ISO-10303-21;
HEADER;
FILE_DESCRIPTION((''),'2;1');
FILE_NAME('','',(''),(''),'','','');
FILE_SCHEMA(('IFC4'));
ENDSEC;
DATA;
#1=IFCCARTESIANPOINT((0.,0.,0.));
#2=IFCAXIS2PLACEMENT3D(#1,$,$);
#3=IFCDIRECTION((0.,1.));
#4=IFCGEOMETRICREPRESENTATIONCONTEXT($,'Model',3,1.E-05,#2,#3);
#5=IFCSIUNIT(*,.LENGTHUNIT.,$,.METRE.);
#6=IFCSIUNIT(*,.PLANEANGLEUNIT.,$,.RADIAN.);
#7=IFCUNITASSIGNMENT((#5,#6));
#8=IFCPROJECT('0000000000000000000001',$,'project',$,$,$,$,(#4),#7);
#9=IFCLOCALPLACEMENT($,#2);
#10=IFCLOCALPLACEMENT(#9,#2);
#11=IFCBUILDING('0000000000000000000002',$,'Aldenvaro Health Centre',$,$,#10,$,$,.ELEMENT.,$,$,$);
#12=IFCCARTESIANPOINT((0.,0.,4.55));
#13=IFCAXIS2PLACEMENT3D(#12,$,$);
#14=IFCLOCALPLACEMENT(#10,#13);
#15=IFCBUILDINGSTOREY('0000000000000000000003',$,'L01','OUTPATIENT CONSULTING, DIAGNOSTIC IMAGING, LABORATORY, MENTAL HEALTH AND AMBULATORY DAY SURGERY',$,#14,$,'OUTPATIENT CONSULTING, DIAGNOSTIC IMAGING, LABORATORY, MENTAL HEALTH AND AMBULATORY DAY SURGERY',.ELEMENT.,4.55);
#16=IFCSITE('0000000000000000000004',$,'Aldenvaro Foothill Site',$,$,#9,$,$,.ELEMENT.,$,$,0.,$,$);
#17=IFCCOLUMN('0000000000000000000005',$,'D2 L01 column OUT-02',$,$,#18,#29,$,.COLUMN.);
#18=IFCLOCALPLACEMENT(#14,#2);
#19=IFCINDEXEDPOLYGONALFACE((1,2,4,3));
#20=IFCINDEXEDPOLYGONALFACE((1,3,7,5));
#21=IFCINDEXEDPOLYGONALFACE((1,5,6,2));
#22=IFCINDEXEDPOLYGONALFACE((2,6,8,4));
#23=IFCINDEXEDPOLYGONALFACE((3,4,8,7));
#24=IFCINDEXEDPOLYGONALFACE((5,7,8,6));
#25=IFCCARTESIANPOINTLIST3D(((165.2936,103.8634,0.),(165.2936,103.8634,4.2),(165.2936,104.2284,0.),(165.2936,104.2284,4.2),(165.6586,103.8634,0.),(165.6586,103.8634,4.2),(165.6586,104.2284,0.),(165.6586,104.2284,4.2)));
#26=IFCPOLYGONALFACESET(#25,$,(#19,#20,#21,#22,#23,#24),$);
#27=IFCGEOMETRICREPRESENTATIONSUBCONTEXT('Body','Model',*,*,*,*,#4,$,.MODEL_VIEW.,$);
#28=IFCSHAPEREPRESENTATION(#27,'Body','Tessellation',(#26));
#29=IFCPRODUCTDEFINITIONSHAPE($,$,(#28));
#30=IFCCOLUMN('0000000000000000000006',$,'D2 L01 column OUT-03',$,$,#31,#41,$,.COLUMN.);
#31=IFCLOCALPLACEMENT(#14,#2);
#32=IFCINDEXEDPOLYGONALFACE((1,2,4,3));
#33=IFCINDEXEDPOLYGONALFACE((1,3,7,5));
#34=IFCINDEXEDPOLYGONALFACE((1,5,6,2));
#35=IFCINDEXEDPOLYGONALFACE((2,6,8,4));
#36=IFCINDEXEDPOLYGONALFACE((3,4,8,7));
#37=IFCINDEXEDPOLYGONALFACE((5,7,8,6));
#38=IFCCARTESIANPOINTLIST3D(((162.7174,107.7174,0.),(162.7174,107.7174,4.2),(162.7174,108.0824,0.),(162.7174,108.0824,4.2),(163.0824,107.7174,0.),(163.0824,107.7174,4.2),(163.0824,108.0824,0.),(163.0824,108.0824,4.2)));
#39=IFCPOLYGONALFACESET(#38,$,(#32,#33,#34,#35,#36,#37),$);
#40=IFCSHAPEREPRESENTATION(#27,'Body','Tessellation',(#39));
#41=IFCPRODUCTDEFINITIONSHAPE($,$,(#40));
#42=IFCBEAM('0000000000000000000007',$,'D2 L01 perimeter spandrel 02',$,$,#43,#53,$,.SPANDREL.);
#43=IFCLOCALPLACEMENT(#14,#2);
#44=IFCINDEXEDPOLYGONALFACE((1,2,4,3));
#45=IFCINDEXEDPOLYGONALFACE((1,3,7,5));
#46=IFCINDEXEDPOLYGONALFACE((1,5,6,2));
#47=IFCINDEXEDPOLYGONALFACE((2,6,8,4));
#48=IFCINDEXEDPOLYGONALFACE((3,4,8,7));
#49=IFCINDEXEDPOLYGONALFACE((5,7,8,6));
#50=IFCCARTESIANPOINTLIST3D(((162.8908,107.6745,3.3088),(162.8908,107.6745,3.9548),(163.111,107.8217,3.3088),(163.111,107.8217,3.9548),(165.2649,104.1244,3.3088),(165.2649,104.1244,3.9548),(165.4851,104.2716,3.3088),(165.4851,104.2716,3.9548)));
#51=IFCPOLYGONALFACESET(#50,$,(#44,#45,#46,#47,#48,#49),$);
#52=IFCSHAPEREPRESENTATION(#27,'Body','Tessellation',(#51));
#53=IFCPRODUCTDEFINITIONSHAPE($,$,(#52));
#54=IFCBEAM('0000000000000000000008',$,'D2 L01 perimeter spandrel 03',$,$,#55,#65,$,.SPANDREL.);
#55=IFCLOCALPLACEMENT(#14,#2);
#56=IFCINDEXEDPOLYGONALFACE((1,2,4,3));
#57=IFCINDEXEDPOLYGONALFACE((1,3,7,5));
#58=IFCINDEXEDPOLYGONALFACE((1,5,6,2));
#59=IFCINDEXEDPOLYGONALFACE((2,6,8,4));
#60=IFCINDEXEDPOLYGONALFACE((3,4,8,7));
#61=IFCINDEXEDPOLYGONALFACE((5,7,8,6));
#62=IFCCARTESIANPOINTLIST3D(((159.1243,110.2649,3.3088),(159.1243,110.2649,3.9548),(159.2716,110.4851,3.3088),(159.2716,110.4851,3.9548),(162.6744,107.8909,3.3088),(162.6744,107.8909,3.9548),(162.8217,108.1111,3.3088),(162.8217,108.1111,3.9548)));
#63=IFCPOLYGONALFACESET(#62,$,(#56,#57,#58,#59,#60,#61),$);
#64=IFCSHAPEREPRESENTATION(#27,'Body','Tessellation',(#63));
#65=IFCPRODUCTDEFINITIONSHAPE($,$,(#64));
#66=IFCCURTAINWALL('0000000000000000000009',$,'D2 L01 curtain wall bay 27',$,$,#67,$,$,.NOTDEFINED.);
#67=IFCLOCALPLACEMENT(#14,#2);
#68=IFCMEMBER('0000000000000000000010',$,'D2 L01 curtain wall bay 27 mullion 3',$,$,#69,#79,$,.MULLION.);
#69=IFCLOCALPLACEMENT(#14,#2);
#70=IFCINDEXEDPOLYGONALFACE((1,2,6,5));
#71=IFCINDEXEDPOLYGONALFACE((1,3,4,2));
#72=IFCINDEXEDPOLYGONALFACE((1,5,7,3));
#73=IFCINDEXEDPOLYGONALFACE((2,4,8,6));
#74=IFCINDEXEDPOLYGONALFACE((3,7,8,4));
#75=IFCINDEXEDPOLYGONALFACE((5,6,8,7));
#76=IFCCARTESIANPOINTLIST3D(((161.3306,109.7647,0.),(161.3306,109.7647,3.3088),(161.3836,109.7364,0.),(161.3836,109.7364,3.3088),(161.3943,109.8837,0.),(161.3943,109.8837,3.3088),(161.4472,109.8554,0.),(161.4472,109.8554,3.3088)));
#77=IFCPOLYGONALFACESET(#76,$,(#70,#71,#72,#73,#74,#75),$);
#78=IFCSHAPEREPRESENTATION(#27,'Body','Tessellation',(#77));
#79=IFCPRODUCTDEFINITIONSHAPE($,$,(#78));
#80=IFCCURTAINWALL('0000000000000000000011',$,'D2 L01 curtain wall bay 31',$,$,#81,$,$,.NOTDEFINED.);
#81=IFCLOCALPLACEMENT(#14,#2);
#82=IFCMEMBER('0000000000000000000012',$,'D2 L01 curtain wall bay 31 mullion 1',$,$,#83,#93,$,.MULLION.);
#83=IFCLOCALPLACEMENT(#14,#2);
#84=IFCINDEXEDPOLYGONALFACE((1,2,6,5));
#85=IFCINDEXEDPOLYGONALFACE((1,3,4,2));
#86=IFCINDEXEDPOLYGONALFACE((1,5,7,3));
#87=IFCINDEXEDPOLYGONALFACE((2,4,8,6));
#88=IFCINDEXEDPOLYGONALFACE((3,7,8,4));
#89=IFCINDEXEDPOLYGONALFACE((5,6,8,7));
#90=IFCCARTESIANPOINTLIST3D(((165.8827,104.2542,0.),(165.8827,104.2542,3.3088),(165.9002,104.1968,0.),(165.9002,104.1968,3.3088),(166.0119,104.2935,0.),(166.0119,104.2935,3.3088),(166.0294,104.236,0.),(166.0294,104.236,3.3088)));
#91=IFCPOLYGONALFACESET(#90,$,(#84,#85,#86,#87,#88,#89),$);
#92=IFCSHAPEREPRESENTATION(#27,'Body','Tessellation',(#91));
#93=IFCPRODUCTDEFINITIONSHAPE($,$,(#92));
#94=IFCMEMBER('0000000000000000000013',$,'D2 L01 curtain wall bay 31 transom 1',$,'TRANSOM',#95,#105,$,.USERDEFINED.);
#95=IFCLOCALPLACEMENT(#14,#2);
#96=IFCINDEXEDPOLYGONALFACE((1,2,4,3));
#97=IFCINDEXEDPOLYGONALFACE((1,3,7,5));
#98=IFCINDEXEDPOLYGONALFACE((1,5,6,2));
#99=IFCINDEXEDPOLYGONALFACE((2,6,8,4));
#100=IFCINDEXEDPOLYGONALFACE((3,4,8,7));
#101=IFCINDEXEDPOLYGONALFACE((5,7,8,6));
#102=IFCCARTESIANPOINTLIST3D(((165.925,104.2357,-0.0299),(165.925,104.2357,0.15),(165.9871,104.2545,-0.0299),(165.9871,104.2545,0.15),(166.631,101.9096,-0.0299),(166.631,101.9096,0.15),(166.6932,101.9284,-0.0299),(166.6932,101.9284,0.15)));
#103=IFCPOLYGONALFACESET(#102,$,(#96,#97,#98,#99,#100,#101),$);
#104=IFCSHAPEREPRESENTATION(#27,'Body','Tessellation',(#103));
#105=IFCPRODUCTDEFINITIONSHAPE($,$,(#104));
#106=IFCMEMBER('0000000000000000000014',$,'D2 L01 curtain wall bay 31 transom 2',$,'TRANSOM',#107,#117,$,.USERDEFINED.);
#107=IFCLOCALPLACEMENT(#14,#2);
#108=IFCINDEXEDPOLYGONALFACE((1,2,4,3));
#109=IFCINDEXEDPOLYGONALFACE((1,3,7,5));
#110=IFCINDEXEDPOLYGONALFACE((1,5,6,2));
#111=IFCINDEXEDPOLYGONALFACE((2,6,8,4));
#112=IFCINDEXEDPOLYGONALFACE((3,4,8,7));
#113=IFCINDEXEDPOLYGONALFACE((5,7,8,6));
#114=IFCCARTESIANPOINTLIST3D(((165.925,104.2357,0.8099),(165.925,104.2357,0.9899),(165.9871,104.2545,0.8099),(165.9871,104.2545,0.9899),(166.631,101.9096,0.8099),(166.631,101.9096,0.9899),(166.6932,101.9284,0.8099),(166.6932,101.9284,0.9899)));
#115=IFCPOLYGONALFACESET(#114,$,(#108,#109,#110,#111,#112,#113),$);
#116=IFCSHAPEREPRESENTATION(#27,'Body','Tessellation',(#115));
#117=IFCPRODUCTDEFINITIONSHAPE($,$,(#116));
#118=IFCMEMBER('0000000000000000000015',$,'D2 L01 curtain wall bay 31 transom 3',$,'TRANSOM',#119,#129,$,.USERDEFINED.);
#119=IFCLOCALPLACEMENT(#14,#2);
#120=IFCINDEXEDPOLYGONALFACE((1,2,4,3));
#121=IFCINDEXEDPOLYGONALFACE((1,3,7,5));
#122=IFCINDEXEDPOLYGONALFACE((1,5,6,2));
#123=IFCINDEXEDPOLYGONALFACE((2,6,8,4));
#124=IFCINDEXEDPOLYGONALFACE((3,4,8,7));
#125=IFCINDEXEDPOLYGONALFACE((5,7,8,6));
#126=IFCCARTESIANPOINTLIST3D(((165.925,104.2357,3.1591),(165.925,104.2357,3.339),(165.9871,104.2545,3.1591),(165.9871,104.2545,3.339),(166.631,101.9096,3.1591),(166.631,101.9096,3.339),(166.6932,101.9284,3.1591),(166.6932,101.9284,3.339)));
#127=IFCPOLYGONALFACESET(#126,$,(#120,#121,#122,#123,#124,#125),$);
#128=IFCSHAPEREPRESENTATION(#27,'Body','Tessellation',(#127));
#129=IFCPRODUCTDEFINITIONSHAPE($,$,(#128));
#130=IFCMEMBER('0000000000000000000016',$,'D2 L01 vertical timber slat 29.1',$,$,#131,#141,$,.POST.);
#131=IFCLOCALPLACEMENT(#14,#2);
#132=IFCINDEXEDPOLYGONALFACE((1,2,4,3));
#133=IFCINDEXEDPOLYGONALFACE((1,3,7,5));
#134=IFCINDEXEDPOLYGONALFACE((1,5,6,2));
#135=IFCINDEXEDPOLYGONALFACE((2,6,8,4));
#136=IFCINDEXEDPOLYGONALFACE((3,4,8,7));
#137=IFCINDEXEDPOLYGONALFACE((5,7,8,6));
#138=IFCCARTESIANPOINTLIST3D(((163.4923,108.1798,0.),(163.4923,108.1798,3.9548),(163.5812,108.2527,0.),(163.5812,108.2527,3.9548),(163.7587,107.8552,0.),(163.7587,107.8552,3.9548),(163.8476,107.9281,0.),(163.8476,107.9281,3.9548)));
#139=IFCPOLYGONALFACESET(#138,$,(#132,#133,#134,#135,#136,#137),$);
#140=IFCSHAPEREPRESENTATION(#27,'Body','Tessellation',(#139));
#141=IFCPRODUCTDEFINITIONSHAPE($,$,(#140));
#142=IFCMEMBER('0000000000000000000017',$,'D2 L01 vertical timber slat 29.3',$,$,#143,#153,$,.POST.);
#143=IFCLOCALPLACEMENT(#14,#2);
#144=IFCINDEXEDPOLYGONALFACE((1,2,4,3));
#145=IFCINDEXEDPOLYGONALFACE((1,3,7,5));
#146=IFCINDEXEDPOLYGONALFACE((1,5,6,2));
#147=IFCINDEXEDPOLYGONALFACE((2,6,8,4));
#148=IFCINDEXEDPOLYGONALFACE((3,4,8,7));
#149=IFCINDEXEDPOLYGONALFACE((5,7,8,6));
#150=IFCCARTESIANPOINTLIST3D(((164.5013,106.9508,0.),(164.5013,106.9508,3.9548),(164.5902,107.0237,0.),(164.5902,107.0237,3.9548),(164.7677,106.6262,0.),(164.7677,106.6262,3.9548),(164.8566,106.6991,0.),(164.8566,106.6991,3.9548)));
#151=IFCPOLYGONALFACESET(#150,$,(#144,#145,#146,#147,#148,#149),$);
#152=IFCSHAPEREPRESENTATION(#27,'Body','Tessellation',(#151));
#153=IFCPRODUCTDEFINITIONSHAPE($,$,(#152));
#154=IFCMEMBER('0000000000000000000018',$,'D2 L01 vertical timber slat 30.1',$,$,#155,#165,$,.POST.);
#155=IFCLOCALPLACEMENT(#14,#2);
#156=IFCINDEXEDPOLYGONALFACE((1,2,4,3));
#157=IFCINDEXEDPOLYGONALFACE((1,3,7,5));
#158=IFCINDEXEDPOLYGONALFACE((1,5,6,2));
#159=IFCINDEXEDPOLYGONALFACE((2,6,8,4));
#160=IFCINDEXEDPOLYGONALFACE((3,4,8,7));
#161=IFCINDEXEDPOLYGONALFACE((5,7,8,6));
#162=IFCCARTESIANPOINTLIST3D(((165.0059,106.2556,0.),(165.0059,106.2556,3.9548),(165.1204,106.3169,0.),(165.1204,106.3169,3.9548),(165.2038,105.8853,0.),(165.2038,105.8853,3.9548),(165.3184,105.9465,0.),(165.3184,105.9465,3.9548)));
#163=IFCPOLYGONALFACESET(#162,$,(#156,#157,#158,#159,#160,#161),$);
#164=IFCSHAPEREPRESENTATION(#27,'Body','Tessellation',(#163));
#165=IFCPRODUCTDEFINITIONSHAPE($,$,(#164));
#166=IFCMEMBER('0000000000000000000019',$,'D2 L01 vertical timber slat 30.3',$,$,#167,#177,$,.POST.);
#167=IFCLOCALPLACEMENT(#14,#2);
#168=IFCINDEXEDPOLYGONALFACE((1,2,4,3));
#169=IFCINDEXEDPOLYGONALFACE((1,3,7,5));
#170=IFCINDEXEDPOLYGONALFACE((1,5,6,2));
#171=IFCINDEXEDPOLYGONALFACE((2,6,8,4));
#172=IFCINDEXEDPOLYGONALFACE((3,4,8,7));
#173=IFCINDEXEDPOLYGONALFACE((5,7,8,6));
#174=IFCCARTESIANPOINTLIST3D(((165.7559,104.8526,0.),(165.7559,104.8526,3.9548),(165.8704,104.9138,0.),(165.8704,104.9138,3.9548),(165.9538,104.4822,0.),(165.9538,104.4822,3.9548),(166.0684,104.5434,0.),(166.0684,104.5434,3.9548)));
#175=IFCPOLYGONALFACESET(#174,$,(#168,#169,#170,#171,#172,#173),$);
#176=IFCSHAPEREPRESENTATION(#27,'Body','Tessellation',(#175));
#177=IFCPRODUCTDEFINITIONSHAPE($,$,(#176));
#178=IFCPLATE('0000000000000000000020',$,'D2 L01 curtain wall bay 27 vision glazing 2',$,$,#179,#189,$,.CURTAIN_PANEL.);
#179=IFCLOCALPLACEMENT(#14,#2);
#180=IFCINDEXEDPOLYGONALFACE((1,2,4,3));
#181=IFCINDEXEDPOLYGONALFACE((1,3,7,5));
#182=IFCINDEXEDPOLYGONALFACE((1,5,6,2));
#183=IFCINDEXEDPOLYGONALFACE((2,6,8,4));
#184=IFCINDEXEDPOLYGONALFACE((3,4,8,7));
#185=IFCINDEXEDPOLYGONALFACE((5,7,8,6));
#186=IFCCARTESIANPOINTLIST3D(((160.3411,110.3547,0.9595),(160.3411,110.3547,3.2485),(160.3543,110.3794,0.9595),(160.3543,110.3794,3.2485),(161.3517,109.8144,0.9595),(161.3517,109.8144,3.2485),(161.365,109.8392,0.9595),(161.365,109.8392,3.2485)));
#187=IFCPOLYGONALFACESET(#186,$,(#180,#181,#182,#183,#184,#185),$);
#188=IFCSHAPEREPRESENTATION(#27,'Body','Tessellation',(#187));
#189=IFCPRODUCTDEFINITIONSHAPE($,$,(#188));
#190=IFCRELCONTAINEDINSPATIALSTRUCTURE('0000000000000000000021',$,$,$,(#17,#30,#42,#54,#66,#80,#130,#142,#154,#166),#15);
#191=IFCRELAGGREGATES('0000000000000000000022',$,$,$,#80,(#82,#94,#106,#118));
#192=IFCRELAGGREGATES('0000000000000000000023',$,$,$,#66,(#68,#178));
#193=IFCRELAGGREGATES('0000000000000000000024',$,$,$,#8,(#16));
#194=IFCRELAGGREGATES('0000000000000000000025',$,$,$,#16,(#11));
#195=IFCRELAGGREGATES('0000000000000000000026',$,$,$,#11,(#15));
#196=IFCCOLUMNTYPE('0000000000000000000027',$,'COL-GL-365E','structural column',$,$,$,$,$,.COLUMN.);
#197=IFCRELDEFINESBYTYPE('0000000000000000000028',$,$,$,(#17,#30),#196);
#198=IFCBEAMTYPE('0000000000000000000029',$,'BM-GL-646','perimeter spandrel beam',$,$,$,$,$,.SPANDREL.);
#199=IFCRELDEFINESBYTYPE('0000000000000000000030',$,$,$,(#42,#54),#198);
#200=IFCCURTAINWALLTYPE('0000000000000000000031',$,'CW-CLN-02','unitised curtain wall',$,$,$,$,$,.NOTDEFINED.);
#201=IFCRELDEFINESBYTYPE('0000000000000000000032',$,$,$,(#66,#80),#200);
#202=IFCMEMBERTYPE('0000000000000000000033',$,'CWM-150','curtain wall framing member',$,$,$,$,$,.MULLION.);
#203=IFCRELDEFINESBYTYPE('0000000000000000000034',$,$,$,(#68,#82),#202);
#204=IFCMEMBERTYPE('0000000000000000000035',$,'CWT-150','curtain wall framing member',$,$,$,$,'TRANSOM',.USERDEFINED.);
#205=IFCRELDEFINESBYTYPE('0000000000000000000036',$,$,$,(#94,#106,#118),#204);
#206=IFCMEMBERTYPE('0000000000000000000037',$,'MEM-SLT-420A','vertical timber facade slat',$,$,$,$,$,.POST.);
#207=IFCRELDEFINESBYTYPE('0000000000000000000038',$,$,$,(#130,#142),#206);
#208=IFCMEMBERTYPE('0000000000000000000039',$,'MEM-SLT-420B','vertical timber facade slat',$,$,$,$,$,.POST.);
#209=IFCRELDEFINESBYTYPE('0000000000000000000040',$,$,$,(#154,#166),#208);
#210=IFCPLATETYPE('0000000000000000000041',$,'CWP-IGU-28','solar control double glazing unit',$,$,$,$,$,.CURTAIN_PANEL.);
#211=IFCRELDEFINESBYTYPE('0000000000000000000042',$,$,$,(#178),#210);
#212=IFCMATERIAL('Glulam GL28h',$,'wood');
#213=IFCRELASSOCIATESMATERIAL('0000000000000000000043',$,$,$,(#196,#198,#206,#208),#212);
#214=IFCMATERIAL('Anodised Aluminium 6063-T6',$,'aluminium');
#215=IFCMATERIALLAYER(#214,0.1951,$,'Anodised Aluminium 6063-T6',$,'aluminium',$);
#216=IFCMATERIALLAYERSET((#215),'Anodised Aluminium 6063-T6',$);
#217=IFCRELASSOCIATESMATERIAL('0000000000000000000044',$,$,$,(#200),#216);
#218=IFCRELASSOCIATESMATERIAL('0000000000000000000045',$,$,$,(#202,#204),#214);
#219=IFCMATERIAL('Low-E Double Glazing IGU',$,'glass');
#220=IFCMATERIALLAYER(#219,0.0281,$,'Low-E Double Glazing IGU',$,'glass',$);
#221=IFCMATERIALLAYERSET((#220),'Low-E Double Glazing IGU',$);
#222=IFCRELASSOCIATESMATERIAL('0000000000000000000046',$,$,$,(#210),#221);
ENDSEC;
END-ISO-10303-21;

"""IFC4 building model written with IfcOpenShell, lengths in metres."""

from ifc_helpers import new_model, si_unit, direction, frame, origin, origin_2d, place, context, subcontext, project, spatial, rectangle, extrude, material, layer, layer_set, material_profile, profile_set, type_object, element, aggregate, save


model = new_model("IFC4")

# Units and contexts
model_context = context("Model", 3, precision=1e-05, world=origin(), true_north=direction((0.0, 1.0)))
body_context = subcontext(model_context, "Body", "Model", "MODEL_VIEW")
ifc_project = project(units=[si_unit("LENGTHUNIT", "METRE"), si_unit("PLANEANGLEUNIT", "RADIAN")], contexts=[model_context])

# Site, building, storey
site_placement = place(None, origin())
site = spatial("IfcSite", under=ifc_project, at=site_placement, Name="Aldenvaro Foothill Site", CompositionType="ELEMENT", RefElevation=0.0)
building_placement = place(site_placement, origin())
building = spatial("IfcBuilding", under=site, at=building_placement, Name="Aldenvaro Health Centre", CompositionType="ELEMENT")
storey_placement = place(building_placement, frame((0.0, 0.0, 4.55)))
storey = spatial("IfcBuildingStorey", under=building, at=storey_placement, Name="L01", Description="OUTPATIENT CONSULTING, DIAGNOSTIC IMAGING, LABORATORY, MENTAL HEALTH AND AMBULATORY DAY SURGERY", LongName="OUTPATIENT CONSULTING, DIAGNOSTIC IMAGING, LABORATORY, MENTAL HEALTH AND AMBULATORY DAY SURGERY", CompositionType="ELEMENT", Elevation=4.55)

# Columns
ifc_material_1 = material(Name="Glulam GL28h", Category="wood")
ifc_material_profile_1 = material_profile(ifc_material_1, rectangle(XDim=0.365, YDim=0.365, at=origin_2d()), Name="GL 365x365", Category="wood")
ifc_profile_set_1 = profile_set([ifc_material_profile_1], Name="Glulam GL28h")
column_type = type_object("IfcColumnType", Name="COL-GL-365E", Description="structural column", PredefinedType="COLUMN", material=ifc_profile_set_1)
for number, where, z_axis, x_axis, name in (
    (1, (165.4761, 104.0459, 0.0), (0.0, 0.0, 1.0), (1.0, 0.0, 0.0), "D2 L01 column OUT-02"),
    (2, (162.8999, 107.8999, 0.0), (0.0, 0.0, 1.0), (1.0, 0.0, 0.0), "D2 L01 column OUT-03"),
):
    element("IfcColumn", number, at=place(storey_placement, frame(where, z_axis=z_axis, x_axis=x_axis)), inside=storey, type_object=column_type, Name=name, PredefinedType="COLUMN", context=body_context, shape_type="SweptSolid", body=[
        extrude(rectangle(XDim=0.365, YDim=0.365, at=origin_2d()), origin(), (0.0, 0.0, 1.0), 4.2),
    ])

# Beams
ifc_material_profile_2 = material_profile(ifc_material_1, rectangle(XDim=0.2649, YDim=0.646, at=origin_2d()), Name="GL 265x646", Category="wood")
ifc_profile_set_2 = profile_set([ifc_material_profile_2], Name="Glulam GL28h")
beam_type = type_object("IfcBeamType", Name="BM-GL-646", Description="perimeter spandrel beam", PredefinedType="SPANDREL", material=ifc_profile_set_2)
for number, where, z_axis, x_axis, name in (
    (3, (165.375, 104.198, 3.6318), (-0.555887, 0.831258, 0.0), (-0.831258, -0.555887, 0.0), "D2 L01 perimeter spandrel 02"),
    (4, (162.748, 108.001, 3.6318), (-0.831258, 0.555887, 0.0), (-0.555887, -0.831258, 0.0), "D2 L01 perimeter spandrel 03"),
):
    element("IfcBeam", number, at=place(storey_placement, frame(where, z_axis=z_axis, x_axis=x_axis)), inside=storey, type_object=beam_type, Name=name, PredefinedType="SPANDREL", context=body_context, shape_type="SweptSolid", body=[
        extrude(rectangle(XDim=0.2649, YDim=0.646, at=origin_2d()), origin(), (0.0, 0.0, 1.0), 4.2708),
    ])

# Curtain wall, member
ifc_material_2 = material(Name="Anodised Aluminium 6063-T6", Category="aluminium")
ifc_layer_1 = layer(ifc_material_2, 0.1951, Name="Anodised Aluminium 6063-T6", Category="aluminium")
ifc_layer_set_1 = layer_set([ifc_layer_1], Name="Anodised Aluminium 6063-T6")
curtain_wall_type = type_object("IfcCurtainWallType", Name="CW-CLN-02", Description="unitised curtain wall", PredefinedType="NOTDEFINED", material=ifc_layer_set_1)
curtain_wall_1_placement = place(storey_placement, origin())
curtain_wall_1 = element("IfcCurtainWall", 5, at=curtain_wall_1_placement, inside=storey, type_object=curtain_wall_type, Name="D2 L01 curtain wall bay 27", PredefinedType="NOTDEFINED")
ifc_material_profile_3 = material_profile(ifc_material_2, rectangle(XDim=0.0601, YDim=0.135, at=origin_2d()), Name="ALU 60x135", Category="aluminium")
ifc_profile_set_3 = profile_set([ifc_material_profile_3], Name="Anodised Aluminium 6063-T6")
member_type_1 = type_object("IfcMemberType", Name="CWM-150", Description="curtain wall framing member", PredefinedType="MULLION", material=ifc_profile_set_3)
member_1_placement = place(storey_placement, frame((161.3889, 109.8101, 0.0), z_axis=(0.0, 0.0, 1.0), x_axis=(0.88192, -0.471399, 0.0)))
member_1 = element("IfcMember", 6, at=member_1_placement, type_object=member_type_1, Name="D2 L01 curtain wall bay 27 mullion 3", PredefinedType="MULLION", context=body_context, shape_type="SweptSolid", body=[
    extrude(rectangle(XDim=0.0601, YDim=0.135, at=origin_2d()), origin(), (0.0, 0.0, 1.0), 3.3088),
])

# Curtain wall, members
curtain_wall_2_placement = place(storey_placement, origin())
curtain_wall_2 = element("IfcCurtainWall", 7, at=curtain_wall_2_placement, inside=storey, type_object=curtain_wall_type, Name="D2 L01 curtain wall bay 31", PredefinedType="NOTDEFINED")
member_2_placement = place(storey_placement, frame((165.9561, 104.2451, 0.0), z_axis=(0.0, 0.0, 1.0), x_axis=(0.290441, -0.956893, 0.0)))
member_2 = element("IfcMember", 8, at=member_2_placement, type_object=member_type_1, Name="D2 L01 curtain wall bay 31 mullion 1", PredefinedType="MULLION", context=body_context, shape_type="SweptSolid", body=[
    extrude(rectangle(XDim=0.0601, YDim=0.135, at=origin_2d()), origin(), (0.0, 0.0, 1.0), 3.3088),
])
ifc_material_profile_4 = material_profile(ifc_material_2, rectangle(XDim=0.0649, YDim=0.1799, at=origin_2d()), Name="ALU 65x180", Category="aluminium")
ifc_profile_set_4 = profile_set([ifc_material_profile_4], Name="Anodised Aluminium 6063-T6")
member_type_2 = type_object("IfcMemberType", Name="CWT-150", Description="curtain wall framing member", ElementType="TRANSOM", PredefinedType="USERDEFINED", material=ifc_profile_set_4)
member_3_placement = place(storey_placement, frame((165.9561, 104.2451, 0.0601), z_axis=(0.290442, -0.956893, 0.0), x_axis=(0.956893, 0.290442, 0.0)))
member_3 = element("IfcMember", 9, at=member_3_placement, type_object=member_type_2, Name="D2 L01 curtain wall bay 31 transom 1", ObjectType="TRANSOM", PredefinedType="USERDEFINED", context=body_context, shape_type="SweptSolid", body=[
    extrude(rectangle(XDim=0.0649, YDim=0.1799, at=origin_2d()), origin(), (0.0, 0.0, 1.0), 2.4309),
])
member_4_placement = place(storey_placement, frame((165.9561, 104.2451, 0.8999), z_axis=(0.290442, -0.956893, 0.0), x_axis=(0.956893, 0.290442, 0.0)))
member_4 = element("IfcMember", 10, at=member_4_placement, type_object=member_type_2, Name="D2 L01 curtain wall bay 31 transom 2", ObjectType="TRANSOM", PredefinedType="USERDEFINED", context=body_context, shape_type="SweptSolid", body=[
    extrude(rectangle(XDim=0.0649, YDim=0.1799, at=origin_2d()), origin(), (0.0, 0.0, 1.0), 2.4309),
])
member_5_placement = place(storey_placement, frame((165.9561, 104.2451, 3.249), z_axis=(0.290442, -0.956893, 0.0), x_axis=(0.956893, 0.290442, 0.0)))
member_5 = element("IfcMember", 11, at=member_5_placement, type_object=member_type_2, Name="D2 L01 curtain wall bay 31 transom 3", ObjectType="TRANSOM", PredefinedType="USERDEFINED", context=body_context, shape_type="SweptSolid", body=[
    extrude(rectangle(XDim=0.0649, YDim=0.1799, at=origin_2d()), origin(), (0.0, 0.0, 1.0), 2.4309),
])
aggregate(curtain_wall_2, [member_2, member_3, member_4, member_5])

# Members
ifc_material_profile_5 = material_profile(ifc_material_1, rectangle(XDim=0.115, YDim=0.4199, at=origin_2d()), Name="GL 115x420", Category="wood")
ifc_profile_set_5 = profile_set([ifc_material_profile_5], Name="Glulam GL28h")
member_type_3 = type_object("IfcMemberType", Name="MEM-SLT-420A", Description="vertical timber facade slat", PredefinedType="POST", material=ifc_profile_set_5)
for number, where, z_axis, x_axis, name in (
    (12, (163.6699, 108.054, 0.0), (0.0, 0.0, 1.0), (0.773022, 0.63438, 0.0), "D2 L01 vertical timber slat 29.1"),
    (13, (164.679, 106.825, 0.0), (0.0, 0.0, 1.0), (0.773022, 0.63438, 0.0), "D2 L01 vertical timber slat 29.3"),
):
    element("IfcMember", number, at=place(storey_placement, frame(where, z_axis=z_axis, x_axis=x_axis)), inside=storey, type_object=member_type_3, Name=name, PredefinedType="POST", context=body_context, shape_type="SweptSolid", body=[
        extrude(rectangle(XDim=0.115, YDim=0.4199, at=origin_2d()), origin(), (0.0, 0.0, 1.0), 3.9548),
    ])
ifc_material_profile_6 = material_profile(ifc_material_1, rectangle(XDim=0.1299, YDim=0.4199, at=origin_2d()), Name="GL 130x420", Category="wood")
ifc_profile_set_6 = profile_set([ifc_material_profile_6], Name="Glulam GL28h")
member_type_4 = type_object("IfcMemberType", Name="MEM-SLT-420B", Description="vertical timber facade slat", PredefinedType="POST", material=ifc_profile_set_6)
for number, where, z_axis, x_axis, name in (
    (14, (165.1621, 106.1011, 0.0), (0.0, 0.0, 1.0), (0.88192, 0.471399, 0.0), "D2 L01 vertical timber slat 30.1"),
    (15, (165.9121, 104.698, 0.0), (0.0, 0.0, 1.0), (0.88192, 0.471399, 0.0), "D2 L01 vertical timber slat 30.3"),
):
    element("IfcMember", number, at=place(storey_placement, frame(where, z_axis=z_axis, x_axis=x_axis)), inside=storey, type_object=member_type_4, Name=name, PredefinedType="POST", context=body_context, shape_type="SweptSolid", body=[
        extrude(rectangle(XDim=0.1299, YDim=0.4199, at=origin_2d()), origin(), (0.0, 0.0, 1.0), 3.9548),
    ])

# Plate
ifc_material_3 = material(Name="Low-E Double Glazing IGU", Category="glass")
ifc_layer_2 = layer(ifc_material_3, 0.0281, Name="Low-E Double Glazing IGU", Category="glass")
ifc_layer_set_2 = layer_set([ifc_layer_2], Name="Low-E Double Glazing IGU")
plate_type_1 = type_object("IfcPlateType", Name="CWP-IGU-28", Description="solar control double glazing unit", PredefinedType="CURTAIN_PANEL", material=ifc_layer_set_2)
plate_1_placement = place(storey_placement, frame((160.853, 110.0969, 0.9595), z_axis=(0.0, 0.0, 1.0), x_axis=(0.88192, -0.471399, 0.0)))
plate_1 = element("IfcPlate", 16, at=plate_1_placement, type_object=plate_type_1, Name="D2 L01 curtain wall bay 27 vision glazing 2", PredefinedType="CURTAIN_PANEL", context=body_context, shape_type="SweptSolid", body=[
    extrude(rectangle(XDim=1.146, YDim=0.0281, at=origin_2d()), origin(), (0.0, 0.0, 1.0), 2.2891),
])
aggregate(curtain_wall_1, [member_1, plate_1])

save(model, "model.ifc")
